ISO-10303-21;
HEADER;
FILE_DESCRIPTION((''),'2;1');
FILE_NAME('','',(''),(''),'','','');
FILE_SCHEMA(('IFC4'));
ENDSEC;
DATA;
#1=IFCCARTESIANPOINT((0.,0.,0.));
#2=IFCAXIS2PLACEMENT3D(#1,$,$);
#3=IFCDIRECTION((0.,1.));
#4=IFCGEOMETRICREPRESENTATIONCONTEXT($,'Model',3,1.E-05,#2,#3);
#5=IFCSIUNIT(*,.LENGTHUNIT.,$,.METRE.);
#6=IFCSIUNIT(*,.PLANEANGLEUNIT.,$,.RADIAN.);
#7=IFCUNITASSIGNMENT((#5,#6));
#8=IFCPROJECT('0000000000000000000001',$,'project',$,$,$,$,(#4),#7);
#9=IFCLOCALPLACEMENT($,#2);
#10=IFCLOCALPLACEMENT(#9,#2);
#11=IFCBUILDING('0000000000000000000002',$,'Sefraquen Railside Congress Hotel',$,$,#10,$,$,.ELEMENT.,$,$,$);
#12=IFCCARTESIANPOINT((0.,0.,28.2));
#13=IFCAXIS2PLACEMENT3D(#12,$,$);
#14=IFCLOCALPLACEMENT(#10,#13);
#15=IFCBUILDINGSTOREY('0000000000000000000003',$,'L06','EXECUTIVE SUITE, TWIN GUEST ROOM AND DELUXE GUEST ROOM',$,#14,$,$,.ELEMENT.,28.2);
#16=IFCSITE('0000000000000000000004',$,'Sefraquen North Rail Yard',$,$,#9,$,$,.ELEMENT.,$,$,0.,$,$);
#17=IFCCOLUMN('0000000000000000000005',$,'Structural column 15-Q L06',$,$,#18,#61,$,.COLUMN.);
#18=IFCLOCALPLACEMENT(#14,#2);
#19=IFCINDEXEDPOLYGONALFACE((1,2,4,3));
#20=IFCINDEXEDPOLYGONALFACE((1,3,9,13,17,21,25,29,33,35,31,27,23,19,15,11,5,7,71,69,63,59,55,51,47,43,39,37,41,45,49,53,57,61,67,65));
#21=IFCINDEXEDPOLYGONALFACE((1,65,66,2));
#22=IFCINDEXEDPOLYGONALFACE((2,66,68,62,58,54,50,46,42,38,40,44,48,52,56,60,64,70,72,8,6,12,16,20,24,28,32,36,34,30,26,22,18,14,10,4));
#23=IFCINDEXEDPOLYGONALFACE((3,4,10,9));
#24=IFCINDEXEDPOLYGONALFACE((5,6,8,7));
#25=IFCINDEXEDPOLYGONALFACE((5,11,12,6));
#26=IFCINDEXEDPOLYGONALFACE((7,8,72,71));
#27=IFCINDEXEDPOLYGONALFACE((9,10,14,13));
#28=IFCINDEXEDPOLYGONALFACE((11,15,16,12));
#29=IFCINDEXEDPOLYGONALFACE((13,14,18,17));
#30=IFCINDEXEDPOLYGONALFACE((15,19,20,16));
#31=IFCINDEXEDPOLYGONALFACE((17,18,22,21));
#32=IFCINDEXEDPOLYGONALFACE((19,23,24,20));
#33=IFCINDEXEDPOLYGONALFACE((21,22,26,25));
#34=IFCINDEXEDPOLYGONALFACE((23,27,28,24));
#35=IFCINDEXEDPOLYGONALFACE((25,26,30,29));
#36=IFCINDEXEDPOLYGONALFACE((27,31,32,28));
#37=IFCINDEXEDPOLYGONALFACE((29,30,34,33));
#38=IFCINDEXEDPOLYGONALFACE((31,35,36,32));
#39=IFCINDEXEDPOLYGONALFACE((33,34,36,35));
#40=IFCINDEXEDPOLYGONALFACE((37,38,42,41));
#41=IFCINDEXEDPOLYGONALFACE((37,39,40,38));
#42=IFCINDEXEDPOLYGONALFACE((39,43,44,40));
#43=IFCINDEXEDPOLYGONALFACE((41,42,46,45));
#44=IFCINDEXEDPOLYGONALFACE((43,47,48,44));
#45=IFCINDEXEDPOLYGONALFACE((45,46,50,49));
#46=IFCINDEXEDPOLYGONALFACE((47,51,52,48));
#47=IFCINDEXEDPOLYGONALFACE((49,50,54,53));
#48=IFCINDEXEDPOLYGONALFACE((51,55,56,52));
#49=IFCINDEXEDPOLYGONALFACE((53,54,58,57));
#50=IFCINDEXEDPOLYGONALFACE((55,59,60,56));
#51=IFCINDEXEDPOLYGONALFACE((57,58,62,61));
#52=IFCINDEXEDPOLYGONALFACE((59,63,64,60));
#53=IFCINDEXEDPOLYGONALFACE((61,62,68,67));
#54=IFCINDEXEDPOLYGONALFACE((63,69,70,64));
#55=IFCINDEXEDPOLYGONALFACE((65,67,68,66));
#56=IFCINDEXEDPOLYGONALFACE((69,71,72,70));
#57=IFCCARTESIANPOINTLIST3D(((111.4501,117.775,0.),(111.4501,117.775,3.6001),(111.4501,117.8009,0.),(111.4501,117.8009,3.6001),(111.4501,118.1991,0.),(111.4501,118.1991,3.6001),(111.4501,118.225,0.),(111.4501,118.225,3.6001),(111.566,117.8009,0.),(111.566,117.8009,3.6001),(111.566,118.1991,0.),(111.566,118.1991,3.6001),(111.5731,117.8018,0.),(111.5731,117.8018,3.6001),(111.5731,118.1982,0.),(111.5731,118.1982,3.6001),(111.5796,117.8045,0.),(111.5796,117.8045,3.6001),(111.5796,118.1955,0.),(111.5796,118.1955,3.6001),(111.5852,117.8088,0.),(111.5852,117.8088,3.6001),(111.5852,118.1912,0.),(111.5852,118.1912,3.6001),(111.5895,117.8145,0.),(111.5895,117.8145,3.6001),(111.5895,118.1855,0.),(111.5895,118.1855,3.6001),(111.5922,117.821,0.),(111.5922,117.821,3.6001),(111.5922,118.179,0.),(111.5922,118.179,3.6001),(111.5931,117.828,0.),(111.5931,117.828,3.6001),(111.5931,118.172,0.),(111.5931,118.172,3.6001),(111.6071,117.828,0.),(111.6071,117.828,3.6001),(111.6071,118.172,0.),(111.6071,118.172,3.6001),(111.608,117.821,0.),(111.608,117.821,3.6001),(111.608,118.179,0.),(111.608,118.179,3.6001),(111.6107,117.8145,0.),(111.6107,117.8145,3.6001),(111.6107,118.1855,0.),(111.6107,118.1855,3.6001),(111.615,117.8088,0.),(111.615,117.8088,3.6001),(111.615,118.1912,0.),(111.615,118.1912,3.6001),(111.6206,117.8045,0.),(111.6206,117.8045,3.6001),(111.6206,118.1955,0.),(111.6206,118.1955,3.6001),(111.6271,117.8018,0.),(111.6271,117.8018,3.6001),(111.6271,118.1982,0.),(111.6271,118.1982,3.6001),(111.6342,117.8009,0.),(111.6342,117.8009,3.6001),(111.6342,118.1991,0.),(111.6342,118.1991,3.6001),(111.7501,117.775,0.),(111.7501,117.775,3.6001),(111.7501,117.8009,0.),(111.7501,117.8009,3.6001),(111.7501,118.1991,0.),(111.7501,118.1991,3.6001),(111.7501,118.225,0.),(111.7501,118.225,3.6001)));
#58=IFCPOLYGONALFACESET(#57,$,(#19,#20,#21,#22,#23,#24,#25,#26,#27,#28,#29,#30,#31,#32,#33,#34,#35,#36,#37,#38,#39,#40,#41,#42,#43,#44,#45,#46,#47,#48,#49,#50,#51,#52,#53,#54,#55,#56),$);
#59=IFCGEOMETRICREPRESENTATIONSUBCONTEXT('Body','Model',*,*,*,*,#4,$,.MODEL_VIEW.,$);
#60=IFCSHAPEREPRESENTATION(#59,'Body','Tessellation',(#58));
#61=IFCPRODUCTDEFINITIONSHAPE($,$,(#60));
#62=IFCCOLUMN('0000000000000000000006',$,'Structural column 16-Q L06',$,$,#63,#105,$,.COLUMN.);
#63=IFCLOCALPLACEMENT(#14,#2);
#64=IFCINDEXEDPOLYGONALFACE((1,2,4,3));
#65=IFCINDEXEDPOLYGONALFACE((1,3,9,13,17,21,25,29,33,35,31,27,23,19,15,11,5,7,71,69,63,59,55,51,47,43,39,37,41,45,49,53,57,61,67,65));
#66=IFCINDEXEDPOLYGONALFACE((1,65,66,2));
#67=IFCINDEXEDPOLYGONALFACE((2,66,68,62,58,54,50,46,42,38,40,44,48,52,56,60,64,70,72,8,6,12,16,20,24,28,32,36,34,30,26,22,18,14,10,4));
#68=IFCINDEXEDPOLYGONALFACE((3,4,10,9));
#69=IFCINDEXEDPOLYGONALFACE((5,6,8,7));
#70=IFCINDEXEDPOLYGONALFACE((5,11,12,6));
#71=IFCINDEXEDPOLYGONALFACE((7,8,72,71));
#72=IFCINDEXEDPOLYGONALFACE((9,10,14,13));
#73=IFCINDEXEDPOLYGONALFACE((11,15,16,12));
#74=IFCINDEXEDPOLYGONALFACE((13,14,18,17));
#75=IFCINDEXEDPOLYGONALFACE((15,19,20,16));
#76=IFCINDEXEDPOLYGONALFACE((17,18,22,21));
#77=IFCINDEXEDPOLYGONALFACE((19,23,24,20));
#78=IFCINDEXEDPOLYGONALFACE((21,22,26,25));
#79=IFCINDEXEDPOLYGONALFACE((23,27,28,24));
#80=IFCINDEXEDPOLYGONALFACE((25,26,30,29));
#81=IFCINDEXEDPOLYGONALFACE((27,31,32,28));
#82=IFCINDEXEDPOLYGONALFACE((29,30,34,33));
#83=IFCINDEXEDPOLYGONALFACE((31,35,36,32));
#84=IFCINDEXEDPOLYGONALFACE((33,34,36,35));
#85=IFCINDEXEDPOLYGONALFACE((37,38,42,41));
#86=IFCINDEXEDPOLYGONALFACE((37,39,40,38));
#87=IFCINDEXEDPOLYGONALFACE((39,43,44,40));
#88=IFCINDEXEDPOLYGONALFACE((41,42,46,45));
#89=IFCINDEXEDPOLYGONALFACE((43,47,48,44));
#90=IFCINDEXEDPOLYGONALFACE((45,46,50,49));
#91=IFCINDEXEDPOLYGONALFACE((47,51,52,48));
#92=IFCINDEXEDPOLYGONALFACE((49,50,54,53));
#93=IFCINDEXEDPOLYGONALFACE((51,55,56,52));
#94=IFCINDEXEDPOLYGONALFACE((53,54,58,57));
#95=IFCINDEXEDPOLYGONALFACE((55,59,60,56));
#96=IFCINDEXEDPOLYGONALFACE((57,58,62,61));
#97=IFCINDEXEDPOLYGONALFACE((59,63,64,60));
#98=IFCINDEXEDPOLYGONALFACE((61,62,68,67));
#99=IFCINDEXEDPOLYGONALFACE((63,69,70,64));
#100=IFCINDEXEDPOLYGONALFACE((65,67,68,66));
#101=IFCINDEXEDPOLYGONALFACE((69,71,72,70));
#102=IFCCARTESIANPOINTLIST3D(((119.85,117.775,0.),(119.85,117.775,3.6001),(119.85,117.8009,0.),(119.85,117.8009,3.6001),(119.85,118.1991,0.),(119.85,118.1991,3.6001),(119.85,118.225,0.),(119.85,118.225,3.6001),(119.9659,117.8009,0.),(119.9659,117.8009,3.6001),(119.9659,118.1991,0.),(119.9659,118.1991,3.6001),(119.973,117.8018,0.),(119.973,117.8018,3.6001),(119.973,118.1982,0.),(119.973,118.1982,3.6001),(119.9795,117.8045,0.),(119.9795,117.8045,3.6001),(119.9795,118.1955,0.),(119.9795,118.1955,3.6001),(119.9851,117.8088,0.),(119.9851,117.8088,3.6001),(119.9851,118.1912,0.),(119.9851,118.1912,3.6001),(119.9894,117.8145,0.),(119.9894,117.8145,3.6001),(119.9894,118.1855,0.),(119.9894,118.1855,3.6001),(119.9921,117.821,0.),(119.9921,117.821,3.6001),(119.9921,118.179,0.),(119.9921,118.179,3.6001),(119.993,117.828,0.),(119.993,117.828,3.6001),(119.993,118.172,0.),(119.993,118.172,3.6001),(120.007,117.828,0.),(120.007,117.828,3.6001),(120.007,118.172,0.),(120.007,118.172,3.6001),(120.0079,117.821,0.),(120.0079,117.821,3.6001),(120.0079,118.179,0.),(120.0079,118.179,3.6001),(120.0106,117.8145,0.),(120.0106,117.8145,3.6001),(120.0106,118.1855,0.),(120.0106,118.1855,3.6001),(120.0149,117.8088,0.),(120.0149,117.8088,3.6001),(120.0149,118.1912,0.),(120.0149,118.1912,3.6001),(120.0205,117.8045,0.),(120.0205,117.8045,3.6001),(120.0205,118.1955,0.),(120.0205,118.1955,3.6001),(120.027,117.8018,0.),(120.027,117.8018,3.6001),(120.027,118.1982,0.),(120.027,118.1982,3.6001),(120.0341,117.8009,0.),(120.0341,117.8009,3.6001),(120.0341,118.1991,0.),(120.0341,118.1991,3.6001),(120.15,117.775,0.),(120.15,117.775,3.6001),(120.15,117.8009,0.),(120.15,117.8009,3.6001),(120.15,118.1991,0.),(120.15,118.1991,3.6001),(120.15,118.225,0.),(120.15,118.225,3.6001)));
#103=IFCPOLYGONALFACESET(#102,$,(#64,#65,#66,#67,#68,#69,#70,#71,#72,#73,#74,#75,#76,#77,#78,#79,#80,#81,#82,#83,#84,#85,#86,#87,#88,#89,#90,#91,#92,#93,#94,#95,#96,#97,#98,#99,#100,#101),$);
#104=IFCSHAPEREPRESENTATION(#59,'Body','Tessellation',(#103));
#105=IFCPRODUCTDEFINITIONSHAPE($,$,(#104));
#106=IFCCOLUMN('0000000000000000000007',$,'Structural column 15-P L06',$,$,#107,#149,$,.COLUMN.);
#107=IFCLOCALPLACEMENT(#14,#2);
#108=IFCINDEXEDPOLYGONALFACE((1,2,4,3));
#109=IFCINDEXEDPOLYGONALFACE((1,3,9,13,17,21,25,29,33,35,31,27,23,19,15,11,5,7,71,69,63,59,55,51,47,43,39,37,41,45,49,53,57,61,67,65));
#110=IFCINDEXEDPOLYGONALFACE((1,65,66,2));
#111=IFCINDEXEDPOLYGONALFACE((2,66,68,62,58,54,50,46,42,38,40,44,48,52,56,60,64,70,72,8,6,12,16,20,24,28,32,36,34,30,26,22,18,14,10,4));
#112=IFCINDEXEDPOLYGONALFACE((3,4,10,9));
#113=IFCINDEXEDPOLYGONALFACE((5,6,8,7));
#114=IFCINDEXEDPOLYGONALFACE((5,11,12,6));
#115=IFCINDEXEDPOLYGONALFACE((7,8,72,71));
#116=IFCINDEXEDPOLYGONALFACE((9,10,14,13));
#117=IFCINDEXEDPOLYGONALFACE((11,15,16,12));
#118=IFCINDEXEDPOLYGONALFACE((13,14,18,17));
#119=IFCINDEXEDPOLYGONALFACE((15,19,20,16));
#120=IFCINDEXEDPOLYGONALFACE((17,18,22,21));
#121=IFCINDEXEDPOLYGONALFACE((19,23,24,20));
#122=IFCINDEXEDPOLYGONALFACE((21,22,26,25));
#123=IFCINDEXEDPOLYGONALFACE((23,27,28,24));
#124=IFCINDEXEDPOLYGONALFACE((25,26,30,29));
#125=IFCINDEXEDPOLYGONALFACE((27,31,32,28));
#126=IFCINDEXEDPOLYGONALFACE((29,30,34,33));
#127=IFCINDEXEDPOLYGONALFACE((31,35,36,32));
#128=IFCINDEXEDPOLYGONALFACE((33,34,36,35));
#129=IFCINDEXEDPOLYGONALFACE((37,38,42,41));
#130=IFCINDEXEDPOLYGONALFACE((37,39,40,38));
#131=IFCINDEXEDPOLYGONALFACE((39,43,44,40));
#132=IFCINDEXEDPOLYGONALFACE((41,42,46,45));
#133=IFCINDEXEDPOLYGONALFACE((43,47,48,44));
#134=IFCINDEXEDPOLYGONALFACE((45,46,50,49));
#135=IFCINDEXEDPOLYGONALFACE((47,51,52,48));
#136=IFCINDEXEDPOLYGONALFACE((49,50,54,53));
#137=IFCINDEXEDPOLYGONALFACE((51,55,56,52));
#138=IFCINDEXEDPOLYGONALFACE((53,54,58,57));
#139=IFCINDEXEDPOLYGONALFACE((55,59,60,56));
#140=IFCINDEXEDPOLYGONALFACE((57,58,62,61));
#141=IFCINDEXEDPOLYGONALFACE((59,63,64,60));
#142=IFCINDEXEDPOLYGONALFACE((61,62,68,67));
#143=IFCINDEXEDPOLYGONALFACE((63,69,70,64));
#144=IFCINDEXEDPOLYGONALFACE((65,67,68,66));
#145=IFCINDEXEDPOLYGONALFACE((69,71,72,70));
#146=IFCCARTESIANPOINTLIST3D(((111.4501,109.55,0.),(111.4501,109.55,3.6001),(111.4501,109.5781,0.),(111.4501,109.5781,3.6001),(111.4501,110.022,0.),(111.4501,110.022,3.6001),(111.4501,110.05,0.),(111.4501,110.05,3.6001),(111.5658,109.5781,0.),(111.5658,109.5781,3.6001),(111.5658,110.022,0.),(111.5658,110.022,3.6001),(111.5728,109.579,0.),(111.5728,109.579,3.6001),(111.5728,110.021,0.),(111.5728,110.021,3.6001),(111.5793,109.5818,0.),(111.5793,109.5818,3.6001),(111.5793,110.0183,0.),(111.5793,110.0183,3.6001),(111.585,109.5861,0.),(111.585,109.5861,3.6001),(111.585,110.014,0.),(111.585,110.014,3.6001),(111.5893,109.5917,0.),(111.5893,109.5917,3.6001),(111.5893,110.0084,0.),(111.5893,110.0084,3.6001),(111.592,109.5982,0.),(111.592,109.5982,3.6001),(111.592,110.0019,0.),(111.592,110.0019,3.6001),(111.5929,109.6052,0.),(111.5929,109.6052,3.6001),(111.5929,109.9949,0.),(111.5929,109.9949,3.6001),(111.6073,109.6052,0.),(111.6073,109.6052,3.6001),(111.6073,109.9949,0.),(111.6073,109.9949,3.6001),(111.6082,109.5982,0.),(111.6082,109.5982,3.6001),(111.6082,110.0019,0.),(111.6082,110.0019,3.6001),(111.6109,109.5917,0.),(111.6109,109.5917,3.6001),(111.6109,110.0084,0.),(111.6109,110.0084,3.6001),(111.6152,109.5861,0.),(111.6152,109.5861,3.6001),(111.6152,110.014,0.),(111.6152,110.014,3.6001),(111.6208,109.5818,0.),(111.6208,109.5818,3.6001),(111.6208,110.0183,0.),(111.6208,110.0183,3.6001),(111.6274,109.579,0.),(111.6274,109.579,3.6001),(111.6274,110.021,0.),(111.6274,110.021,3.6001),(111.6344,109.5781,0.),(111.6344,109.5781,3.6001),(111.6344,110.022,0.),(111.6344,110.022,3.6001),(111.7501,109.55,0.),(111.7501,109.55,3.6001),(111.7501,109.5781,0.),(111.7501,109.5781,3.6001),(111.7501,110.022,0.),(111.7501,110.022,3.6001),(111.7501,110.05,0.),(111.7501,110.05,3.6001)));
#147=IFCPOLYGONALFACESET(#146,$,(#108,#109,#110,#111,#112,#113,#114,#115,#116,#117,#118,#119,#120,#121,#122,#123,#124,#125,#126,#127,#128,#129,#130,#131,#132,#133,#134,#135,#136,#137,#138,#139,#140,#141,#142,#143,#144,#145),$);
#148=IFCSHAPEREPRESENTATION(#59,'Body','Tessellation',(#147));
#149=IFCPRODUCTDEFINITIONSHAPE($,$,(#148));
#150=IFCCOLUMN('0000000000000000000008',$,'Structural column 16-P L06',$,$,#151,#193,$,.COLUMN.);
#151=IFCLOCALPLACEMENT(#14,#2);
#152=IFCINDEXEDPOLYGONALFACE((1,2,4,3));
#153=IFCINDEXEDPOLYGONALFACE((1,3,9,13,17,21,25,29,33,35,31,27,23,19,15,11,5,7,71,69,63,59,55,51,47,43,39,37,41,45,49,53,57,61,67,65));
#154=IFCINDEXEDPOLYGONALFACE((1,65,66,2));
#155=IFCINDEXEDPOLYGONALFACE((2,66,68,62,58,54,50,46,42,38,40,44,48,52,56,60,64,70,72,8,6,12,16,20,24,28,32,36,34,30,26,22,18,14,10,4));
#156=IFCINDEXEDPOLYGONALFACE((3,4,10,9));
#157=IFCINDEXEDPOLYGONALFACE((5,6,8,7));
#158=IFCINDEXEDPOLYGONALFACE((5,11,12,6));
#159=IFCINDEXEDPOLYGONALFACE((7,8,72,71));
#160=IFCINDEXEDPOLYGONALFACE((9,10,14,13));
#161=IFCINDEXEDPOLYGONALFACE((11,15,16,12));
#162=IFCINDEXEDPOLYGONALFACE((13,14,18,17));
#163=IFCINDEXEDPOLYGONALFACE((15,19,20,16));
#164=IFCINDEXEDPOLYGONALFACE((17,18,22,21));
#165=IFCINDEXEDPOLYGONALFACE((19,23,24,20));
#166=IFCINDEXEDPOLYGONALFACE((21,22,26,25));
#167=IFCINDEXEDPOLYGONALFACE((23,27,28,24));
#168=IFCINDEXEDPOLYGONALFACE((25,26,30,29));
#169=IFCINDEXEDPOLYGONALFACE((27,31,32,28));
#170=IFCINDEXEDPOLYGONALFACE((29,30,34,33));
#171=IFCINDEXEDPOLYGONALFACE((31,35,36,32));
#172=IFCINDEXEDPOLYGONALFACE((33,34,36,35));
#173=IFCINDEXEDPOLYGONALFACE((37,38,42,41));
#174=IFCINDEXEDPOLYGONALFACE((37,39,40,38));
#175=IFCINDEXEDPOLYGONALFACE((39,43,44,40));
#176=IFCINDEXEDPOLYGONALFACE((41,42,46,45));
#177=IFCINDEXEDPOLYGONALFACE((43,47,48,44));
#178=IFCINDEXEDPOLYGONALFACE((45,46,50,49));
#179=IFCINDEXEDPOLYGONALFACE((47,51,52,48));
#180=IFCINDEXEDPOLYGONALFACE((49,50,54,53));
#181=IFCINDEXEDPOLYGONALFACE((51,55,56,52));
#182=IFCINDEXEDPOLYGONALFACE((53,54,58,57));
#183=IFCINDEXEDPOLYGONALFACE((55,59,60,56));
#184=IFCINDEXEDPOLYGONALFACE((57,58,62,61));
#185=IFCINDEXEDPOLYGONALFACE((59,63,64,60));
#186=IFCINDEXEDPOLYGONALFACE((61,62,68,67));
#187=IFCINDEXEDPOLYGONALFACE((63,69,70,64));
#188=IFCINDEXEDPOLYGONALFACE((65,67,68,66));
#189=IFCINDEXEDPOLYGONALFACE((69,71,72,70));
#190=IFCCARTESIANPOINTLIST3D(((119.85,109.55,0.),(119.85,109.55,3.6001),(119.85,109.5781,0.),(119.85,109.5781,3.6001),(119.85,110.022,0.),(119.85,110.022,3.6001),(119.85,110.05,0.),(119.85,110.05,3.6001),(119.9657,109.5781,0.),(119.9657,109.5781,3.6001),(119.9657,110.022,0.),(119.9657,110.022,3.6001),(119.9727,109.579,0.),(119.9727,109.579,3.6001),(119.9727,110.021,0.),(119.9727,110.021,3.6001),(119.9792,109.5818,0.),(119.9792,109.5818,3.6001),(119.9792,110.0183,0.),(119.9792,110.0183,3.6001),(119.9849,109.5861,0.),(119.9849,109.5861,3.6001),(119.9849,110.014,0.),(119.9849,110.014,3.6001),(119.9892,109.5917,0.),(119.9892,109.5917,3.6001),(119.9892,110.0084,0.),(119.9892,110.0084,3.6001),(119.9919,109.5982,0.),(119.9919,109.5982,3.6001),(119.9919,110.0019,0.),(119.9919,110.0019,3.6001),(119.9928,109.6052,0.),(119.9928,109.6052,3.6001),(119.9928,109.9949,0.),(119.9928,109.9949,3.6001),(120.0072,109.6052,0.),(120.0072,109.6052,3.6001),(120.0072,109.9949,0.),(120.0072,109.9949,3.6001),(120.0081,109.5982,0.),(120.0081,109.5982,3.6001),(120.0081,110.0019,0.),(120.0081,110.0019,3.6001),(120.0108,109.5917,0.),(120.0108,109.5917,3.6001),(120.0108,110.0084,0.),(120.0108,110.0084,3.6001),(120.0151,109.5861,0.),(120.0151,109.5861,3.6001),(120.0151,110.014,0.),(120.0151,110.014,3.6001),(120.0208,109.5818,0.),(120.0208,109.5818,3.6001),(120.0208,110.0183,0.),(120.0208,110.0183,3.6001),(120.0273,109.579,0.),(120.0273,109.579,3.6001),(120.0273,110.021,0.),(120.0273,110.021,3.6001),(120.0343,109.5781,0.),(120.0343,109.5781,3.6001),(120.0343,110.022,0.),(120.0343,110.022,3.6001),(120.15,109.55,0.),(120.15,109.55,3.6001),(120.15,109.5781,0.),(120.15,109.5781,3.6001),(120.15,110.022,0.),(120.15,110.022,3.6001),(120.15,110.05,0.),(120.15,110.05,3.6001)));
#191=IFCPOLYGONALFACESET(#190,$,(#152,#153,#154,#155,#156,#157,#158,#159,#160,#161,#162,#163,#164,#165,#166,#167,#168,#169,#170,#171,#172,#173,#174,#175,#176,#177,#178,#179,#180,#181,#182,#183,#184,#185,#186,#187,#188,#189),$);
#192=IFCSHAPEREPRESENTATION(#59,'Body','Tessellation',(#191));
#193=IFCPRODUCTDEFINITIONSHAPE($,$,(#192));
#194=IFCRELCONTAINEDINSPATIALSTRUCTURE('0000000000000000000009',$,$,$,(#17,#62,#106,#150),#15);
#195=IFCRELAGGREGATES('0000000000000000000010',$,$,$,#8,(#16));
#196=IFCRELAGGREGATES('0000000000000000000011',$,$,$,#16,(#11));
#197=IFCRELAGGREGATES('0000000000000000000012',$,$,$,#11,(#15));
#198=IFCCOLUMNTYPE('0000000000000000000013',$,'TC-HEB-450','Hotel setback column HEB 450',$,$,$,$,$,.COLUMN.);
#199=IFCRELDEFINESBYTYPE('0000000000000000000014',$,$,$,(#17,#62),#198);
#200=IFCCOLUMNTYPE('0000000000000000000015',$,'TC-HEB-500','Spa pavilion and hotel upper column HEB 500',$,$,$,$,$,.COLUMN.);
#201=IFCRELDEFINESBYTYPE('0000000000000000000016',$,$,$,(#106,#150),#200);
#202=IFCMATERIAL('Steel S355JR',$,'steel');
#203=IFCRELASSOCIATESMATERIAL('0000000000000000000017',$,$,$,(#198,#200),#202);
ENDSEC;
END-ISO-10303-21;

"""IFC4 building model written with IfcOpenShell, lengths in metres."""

from ifc_helpers import new_model, si_unit, direction, frame, origin, origin_2d, place, context, subcontext, project, spatial, i_section, extrude, material, material_profile, profile_set, type_object, element, save


model = new_model("IFC4")

# Units and contexts
model_context = context("Model", 3, precision=1e-05, world=origin(), true_north=direction((0.0, 1.0)))
body_context = subcontext(model_context, "Body", "Model", "MODEL_VIEW")
ifc_project = project(units=[si_unit("LENGTHUNIT", "METRE"), si_unit("PLANEANGLEUNIT", "RADIAN")], contexts=[model_context])

# Site, building, storey
site_placement = place(None, origin())
site = spatial("IfcSite", under=ifc_project, at=site_placement, Name="Sefraquen North Rail Yard", CompositionType="ELEMENT", RefElevation=0.0)
building_placement = place(site_placement, origin())
building = spatial("IfcBuilding", under=site, at=building_placement, Name="Sefraquen Railside Congress Hotel", CompositionType="ELEMENT")
storey_placement = place(building_placement, frame((0.0, 0.0, 28.2)))
storey = spatial("IfcBuildingStorey", under=building, at=storey_placement, Name="L06", Description="EXECUTIVE SUITE, TWIN GUEST ROOM AND DELUXE GUEST ROOM", CompositionType="ELEMENT", Elevation=28.2)

# Columns
ifc_material_1 = material(Name="Steel S355JR", Category="steel")
ifc_material_profile_1 = material_profile(ifc_material_1, i_section(OverallWidth=0.3, OverallDepth=0.45, WebThickness=0.0139, FlangeThickness=0.0259, FilletRadius=0.0271, at=origin_2d()), Name="HEB 450")
ifc_profile_set_1 = profile_set([ifc_material_profile_1], Name="Steel S355JR")
column_type_1 = type_object("IfcColumnType", Name="TC-HEB-450", Description="Hotel setback column HEB 450", PredefinedType="COLUMN", material=ifc_profile_set_1)
for number, where, z_axis, x_axis, name in (
    (1, (111.6001, 118.0, 0.0), (0.0, 0.0, 1.0), (1.0, 0.0, 0.0), "Structural column 15-Q L06"),
    (2, (120.0, 118.0, 0.0), (0.0, 0.0, 1.0), (1.0, 0.0, 0.0), "Structural column 16-Q L06"),
):
    element("IfcColumn", number, at=place(storey_placement, frame(where, z_axis=z_axis, x_axis=x_axis)), inside=storey, type_object=column_type_1, Name=name, PredefinedType="COLUMN", context=body_context, shape_type="SweptSolid", body=[
        extrude(i_section(OverallWidth=0.3, OverallDepth=0.45, WebThickness=0.0139, FlangeThickness=0.0259, FilletRadius=0.0271, at=origin_2d()), origin(), (0.0, 0.0, 1.0), 3.6001),
    ])
ifc_material_profile_2 = material_profile(ifc_material_1, i_section(OverallWidth=0.3, OverallDepth=0.5, WebThickness=0.0144, FlangeThickness=0.0281, FilletRadius=0.0271, at=origin_2d()), Name="HEB 500")
ifc_profile_set_2 = profile_set([ifc_material_profile_2], Name="Steel S355JR")
column_type_2 = type_object("IfcColumnType", Name="TC-HEB-500", Description="Spa pavilion and hotel upper column HEB 500", PredefinedType="COLUMN", material=ifc_profile_set_2)
for number, where, z_axis, x_axis, name in (
    (3, (111.6001, 109.8, 0.0), (0.0, 0.0, 1.0), (1.0, 0.0, 0.0), "Structural column 15-P L06"),
    (4, (120.0, 109.8, 0.0), (0.0, 0.0, 1.0), (1.0, 0.0, 0.0), "Structural column 16-P L06"),
):
    element("IfcColumn", number, at=place(storey_placement, frame(where, z_axis=z_axis, x_axis=x_axis)), inside=storey, type_object=column_type_2, Name=name, PredefinedType="COLUMN", context=body_context, shape_type="SweptSolid", body=[
        extrude(i_section(OverallWidth=0.3, OverallDepth=0.5, WebThickness=0.0144, FlangeThickness=0.0281, FilletRadius=0.0271, at=origin_2d()), origin(), (0.0, 0.0, 1.0), 3.6001),
    ])

save(model, "model.ifc")
